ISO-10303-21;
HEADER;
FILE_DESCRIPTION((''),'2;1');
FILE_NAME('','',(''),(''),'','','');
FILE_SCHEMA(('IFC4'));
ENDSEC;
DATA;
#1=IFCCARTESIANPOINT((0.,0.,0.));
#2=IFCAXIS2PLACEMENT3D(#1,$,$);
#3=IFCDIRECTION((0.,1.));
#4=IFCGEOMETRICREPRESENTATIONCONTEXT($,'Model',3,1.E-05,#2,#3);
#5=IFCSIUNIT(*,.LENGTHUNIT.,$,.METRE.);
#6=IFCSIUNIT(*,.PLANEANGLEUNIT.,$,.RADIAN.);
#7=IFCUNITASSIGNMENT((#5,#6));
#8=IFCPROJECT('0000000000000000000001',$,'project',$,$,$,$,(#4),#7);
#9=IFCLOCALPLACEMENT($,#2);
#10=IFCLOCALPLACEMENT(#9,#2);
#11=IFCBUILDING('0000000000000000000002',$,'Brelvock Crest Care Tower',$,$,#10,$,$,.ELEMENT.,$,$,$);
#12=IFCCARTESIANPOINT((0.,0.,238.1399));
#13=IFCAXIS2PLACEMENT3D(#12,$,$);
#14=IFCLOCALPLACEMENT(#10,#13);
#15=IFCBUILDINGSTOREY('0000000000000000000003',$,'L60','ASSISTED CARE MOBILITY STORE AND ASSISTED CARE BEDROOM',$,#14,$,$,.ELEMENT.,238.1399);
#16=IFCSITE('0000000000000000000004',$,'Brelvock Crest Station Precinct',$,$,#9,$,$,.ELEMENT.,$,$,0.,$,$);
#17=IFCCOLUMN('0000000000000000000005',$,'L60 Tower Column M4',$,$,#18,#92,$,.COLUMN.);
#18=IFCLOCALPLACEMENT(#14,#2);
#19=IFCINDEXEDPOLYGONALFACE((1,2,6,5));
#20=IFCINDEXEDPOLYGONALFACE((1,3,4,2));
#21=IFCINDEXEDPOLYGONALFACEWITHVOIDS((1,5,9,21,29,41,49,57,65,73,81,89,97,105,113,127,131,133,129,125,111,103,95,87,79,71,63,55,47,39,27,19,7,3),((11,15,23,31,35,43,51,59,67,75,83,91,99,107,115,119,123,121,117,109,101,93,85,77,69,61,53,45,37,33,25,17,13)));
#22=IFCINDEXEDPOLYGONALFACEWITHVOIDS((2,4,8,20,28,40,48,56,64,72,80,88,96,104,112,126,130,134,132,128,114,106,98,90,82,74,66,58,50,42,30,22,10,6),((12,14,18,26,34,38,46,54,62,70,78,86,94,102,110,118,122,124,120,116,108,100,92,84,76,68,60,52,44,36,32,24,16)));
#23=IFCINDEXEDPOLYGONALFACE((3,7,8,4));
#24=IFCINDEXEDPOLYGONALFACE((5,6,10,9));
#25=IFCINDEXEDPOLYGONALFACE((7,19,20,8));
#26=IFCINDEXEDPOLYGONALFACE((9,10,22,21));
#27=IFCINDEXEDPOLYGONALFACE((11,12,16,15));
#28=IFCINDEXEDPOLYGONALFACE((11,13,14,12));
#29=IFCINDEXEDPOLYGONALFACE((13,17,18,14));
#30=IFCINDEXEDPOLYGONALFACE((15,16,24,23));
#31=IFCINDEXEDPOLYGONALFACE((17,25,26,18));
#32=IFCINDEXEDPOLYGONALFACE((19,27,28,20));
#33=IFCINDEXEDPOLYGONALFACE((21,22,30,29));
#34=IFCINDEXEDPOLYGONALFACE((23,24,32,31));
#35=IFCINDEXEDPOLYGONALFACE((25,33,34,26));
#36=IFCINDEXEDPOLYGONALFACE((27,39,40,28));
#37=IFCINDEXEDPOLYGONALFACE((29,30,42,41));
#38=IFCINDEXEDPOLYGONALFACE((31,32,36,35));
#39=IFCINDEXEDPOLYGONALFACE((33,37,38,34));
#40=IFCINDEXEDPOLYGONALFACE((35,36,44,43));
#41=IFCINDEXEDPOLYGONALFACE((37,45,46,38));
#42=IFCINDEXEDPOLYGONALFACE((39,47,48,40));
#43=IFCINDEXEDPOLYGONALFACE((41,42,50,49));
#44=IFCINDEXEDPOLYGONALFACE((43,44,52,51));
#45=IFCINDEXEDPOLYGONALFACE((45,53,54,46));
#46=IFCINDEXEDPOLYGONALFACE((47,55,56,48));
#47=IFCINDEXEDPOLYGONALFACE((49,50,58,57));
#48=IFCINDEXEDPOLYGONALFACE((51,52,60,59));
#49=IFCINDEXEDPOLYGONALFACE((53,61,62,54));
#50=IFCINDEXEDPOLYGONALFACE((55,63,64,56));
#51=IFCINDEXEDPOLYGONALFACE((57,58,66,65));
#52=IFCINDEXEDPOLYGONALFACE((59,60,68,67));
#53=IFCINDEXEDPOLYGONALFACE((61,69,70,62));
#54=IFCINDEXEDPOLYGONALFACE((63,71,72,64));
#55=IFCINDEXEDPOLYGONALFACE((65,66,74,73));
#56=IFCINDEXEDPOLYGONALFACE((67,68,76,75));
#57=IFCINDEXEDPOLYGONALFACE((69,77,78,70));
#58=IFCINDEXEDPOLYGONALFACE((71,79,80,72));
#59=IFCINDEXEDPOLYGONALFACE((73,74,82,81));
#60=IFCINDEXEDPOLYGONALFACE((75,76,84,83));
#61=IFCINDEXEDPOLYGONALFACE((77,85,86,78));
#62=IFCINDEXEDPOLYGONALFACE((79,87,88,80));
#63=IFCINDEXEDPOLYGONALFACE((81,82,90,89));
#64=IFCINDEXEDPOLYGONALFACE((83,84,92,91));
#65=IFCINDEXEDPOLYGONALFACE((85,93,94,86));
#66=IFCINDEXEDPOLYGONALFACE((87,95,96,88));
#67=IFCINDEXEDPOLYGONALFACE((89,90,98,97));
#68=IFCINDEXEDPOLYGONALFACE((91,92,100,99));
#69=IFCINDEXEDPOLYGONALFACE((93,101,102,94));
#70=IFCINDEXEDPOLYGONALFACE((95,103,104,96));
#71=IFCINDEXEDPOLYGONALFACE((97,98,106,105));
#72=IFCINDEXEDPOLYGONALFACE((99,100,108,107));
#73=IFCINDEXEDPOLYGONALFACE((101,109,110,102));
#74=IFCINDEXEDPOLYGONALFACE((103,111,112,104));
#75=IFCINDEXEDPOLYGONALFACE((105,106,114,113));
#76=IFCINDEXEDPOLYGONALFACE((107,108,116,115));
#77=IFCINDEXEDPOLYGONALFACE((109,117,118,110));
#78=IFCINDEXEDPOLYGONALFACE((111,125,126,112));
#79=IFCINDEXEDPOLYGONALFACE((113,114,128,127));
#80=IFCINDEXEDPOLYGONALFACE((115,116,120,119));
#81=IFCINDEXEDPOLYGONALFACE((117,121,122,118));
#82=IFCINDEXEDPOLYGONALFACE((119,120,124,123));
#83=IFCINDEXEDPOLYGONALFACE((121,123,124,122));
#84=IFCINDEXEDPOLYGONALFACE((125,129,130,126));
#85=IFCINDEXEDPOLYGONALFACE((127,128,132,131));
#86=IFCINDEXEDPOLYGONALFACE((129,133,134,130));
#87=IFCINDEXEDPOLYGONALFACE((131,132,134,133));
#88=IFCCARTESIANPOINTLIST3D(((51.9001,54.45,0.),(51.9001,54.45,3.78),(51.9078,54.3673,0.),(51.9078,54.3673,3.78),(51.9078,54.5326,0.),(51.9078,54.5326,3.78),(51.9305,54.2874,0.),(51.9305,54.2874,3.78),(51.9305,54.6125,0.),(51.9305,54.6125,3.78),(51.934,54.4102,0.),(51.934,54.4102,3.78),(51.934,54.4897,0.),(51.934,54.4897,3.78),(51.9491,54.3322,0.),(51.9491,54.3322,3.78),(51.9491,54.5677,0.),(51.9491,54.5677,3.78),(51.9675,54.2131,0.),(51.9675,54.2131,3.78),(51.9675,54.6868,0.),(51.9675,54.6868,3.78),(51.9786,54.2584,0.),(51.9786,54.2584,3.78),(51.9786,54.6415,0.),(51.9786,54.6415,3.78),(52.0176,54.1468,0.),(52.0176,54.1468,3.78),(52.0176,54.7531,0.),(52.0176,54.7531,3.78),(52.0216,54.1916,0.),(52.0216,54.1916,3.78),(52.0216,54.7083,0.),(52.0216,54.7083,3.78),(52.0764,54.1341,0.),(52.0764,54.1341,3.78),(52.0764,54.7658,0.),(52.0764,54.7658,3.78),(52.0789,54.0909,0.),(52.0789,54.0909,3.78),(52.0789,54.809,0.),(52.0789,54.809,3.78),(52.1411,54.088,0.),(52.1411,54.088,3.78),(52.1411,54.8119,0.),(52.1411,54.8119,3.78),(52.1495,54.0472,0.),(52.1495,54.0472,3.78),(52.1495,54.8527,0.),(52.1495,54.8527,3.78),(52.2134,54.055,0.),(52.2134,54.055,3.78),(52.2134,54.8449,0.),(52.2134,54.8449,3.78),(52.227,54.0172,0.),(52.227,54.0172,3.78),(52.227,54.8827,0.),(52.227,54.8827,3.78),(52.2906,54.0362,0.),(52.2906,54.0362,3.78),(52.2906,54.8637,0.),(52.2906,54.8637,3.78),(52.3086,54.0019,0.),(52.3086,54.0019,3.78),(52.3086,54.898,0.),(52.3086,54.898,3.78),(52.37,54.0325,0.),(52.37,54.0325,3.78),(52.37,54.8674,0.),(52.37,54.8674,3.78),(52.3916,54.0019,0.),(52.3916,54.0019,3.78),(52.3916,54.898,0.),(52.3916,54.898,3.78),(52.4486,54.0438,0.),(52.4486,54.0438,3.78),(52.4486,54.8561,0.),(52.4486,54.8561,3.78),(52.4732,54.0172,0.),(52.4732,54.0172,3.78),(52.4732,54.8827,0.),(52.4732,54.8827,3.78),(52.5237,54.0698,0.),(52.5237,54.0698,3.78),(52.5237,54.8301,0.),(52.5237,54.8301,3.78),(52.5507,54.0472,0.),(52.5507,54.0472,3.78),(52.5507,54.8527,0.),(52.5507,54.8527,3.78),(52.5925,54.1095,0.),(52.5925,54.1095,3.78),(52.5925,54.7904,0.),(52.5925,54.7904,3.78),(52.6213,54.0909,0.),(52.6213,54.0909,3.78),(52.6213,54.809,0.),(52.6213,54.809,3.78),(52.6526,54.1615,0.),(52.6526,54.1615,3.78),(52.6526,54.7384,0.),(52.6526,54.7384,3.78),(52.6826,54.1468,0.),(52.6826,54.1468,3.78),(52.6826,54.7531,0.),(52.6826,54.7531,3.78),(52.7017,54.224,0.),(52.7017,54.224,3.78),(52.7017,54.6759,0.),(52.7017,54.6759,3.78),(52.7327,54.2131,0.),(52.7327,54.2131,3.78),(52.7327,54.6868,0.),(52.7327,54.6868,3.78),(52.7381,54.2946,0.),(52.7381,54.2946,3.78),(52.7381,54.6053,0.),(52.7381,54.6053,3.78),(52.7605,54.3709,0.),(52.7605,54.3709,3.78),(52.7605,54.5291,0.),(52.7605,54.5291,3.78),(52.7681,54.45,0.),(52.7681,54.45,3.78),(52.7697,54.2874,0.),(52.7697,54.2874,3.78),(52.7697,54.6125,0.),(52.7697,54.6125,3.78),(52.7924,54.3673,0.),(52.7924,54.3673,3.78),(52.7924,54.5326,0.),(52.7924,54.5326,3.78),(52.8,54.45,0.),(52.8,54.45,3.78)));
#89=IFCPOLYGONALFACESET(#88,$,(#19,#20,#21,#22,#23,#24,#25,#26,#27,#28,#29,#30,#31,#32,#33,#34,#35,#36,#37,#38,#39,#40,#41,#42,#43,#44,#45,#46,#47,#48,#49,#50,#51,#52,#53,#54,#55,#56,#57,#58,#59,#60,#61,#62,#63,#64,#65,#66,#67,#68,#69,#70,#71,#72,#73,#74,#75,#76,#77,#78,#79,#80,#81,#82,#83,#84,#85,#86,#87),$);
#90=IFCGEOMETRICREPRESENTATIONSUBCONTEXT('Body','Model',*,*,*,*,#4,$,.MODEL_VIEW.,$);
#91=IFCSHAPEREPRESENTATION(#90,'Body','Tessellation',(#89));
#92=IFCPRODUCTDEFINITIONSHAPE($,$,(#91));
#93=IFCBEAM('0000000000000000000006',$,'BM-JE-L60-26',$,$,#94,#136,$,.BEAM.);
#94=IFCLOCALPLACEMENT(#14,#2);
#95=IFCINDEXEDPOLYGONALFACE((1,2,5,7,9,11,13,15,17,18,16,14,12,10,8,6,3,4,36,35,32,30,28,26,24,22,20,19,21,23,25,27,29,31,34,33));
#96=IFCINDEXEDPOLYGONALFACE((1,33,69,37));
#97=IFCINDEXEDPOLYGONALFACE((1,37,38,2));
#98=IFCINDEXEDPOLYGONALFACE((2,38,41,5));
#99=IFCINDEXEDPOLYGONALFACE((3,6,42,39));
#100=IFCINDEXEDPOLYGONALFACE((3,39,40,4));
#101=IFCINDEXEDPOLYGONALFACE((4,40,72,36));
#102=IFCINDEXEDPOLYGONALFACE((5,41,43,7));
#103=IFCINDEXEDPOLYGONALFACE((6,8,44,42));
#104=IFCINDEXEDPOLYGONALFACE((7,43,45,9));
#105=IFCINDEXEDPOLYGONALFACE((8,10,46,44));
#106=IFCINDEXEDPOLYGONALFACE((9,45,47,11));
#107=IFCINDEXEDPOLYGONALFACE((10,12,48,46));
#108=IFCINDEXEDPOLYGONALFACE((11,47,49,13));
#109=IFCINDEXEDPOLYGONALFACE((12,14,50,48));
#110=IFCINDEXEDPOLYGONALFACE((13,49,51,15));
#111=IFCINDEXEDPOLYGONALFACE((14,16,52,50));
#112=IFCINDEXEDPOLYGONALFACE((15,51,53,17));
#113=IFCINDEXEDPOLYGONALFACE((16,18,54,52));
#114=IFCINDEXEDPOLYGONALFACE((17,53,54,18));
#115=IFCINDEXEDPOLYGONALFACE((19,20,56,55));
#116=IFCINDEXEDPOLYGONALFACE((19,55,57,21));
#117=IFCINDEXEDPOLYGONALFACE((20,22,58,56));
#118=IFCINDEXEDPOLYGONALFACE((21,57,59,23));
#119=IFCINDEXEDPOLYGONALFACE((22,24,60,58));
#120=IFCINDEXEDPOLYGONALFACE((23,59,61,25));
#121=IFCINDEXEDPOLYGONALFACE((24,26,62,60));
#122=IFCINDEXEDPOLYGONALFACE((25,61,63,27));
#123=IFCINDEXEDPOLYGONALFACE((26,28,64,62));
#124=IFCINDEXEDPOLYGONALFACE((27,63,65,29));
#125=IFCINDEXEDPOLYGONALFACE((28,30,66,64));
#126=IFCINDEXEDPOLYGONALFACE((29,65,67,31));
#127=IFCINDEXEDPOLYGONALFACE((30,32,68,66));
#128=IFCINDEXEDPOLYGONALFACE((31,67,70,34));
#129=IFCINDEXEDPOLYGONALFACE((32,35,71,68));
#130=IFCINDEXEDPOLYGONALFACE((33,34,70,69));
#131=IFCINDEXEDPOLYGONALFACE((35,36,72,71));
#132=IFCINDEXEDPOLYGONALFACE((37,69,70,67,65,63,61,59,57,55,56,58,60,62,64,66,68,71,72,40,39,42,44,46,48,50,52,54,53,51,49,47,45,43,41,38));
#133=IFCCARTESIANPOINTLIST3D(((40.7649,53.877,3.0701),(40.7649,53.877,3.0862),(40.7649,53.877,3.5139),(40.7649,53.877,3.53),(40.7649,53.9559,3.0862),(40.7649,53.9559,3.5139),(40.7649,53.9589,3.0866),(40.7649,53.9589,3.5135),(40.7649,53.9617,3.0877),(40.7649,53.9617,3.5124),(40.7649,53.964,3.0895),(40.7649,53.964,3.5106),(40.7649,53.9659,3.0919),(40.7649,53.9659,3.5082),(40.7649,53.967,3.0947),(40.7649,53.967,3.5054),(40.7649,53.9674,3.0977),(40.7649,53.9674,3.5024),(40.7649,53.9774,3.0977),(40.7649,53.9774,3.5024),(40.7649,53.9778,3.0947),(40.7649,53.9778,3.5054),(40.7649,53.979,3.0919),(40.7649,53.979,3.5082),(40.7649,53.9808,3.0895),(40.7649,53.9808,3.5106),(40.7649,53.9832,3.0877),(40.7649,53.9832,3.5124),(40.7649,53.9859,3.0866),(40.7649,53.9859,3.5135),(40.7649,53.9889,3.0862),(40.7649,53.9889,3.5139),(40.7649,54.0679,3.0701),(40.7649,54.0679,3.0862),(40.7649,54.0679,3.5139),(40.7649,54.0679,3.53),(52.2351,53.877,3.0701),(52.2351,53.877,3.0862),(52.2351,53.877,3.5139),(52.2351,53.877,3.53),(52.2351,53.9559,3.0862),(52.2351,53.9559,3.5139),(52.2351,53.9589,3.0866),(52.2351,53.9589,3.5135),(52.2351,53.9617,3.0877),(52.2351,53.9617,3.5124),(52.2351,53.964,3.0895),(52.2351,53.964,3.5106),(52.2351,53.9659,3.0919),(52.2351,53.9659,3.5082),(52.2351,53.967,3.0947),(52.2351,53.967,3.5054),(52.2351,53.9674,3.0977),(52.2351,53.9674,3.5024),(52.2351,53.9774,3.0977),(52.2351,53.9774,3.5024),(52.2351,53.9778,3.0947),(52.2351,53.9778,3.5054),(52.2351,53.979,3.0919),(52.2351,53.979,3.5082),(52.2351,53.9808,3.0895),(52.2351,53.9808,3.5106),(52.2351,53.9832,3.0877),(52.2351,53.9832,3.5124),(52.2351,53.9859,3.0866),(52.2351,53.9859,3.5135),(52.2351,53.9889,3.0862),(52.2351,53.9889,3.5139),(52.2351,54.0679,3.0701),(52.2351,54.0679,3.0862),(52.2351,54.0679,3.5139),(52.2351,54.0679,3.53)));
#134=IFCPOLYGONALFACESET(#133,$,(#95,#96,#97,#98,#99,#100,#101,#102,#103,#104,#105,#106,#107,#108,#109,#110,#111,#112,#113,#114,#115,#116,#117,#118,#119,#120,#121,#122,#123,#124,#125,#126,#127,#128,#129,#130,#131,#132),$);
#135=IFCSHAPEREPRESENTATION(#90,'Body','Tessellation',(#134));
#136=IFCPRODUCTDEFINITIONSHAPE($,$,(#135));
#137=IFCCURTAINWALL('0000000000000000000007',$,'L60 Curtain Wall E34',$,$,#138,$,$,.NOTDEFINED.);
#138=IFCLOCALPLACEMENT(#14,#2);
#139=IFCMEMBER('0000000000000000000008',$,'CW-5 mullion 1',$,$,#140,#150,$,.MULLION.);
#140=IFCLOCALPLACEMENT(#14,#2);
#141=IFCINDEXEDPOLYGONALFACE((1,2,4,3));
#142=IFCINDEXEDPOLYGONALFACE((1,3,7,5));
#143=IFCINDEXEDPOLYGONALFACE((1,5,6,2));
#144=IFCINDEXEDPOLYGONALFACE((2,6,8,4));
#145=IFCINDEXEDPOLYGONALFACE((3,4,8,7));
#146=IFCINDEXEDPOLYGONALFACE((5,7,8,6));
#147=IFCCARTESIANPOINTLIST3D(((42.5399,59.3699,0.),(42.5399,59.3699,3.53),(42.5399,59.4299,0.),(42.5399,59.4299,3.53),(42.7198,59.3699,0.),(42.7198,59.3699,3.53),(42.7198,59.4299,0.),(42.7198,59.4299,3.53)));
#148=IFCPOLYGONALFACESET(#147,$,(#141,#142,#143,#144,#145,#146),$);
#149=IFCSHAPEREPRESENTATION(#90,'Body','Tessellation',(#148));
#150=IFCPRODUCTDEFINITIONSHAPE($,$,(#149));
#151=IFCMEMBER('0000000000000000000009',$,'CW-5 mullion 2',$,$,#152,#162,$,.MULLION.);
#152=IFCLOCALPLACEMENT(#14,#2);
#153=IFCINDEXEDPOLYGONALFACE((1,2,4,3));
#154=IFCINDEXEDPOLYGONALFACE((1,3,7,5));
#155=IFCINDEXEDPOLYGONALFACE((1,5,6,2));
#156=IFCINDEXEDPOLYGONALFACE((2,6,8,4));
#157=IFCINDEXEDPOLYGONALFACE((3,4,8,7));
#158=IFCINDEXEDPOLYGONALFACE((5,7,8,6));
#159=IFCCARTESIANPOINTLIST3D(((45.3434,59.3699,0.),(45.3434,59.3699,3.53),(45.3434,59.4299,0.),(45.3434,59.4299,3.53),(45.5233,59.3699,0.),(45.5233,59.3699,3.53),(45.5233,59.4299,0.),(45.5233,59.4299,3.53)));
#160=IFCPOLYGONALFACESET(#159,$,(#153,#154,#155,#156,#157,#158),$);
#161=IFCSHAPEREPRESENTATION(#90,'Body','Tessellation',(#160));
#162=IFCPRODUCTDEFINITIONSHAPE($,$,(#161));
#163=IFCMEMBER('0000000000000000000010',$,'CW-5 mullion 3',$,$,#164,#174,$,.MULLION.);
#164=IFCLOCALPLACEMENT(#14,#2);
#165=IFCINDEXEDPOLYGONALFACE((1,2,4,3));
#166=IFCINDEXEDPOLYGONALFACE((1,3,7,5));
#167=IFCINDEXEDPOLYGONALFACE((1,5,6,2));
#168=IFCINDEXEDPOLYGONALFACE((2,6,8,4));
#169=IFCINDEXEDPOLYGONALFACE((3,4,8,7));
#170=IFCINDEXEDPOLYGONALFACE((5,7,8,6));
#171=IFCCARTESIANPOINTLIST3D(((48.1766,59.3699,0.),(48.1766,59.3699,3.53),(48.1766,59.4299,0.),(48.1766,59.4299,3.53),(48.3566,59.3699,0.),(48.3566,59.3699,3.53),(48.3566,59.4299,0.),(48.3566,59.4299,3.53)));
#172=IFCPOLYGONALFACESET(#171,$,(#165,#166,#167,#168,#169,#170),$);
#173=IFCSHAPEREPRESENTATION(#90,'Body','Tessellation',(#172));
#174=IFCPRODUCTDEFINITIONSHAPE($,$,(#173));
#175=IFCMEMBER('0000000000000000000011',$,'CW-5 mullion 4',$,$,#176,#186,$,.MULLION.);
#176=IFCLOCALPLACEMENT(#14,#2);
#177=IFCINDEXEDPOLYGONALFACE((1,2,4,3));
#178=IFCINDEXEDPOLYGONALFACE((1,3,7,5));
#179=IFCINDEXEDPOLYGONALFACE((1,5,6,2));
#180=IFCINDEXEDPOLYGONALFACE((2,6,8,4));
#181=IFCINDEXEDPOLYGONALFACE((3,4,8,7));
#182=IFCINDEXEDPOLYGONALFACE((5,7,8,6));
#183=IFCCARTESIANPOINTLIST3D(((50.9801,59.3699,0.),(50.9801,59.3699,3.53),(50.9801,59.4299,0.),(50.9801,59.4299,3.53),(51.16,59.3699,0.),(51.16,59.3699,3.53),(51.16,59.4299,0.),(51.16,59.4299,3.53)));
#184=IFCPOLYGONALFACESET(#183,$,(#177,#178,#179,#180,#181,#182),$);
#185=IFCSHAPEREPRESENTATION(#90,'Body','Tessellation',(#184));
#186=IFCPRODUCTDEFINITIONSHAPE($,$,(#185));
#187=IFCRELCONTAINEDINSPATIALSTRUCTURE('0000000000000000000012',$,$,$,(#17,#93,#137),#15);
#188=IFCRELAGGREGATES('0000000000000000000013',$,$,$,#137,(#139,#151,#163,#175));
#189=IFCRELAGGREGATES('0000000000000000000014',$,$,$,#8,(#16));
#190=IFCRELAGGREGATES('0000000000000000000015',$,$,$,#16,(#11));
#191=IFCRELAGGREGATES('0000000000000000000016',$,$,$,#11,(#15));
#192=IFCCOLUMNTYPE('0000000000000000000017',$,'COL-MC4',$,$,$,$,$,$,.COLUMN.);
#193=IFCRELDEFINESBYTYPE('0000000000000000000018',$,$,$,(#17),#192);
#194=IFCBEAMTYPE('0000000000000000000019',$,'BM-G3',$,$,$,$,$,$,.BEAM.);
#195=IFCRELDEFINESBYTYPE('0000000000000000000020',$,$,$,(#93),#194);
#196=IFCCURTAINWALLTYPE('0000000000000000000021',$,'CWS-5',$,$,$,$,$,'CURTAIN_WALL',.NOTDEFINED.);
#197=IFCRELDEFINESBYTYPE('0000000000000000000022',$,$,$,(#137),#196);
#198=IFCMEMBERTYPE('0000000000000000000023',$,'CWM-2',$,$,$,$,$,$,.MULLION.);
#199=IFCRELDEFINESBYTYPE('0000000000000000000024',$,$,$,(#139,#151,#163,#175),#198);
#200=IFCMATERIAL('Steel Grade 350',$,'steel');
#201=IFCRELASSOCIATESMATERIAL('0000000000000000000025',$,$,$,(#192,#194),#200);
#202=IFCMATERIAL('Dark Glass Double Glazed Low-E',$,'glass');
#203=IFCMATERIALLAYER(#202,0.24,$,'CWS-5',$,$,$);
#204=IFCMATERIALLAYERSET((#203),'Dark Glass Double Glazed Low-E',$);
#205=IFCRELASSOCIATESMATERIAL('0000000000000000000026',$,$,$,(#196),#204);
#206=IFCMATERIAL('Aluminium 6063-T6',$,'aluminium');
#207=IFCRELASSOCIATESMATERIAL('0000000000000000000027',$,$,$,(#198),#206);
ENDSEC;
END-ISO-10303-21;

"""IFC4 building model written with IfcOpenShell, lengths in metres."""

from ifc_helpers import new_model, si_unit, direction, frame, origin, origin_2d, place, context, subcontext, project, spatial, rectangle, hollow_circle, i_section, extrude, source, transform, mapped, material, layer, layer_set, material_profile, profile_set, type_object, element, aggregate, save


model = new_model("IFC4")

# Units and contexts
model_context = context("Model", 3, precision=1e-05, world=origin(), true_north=direction((0.0, 1.0)))
body_context = subcontext(model_context, "Body", "Model", "MODEL_VIEW")
ifc_project = project(units=[si_unit("LENGTHUNIT", "METRE"), si_unit("PLANEANGLEUNIT", "RADIAN")], contexts=[model_context])

# Site, building, storey
site_placement = place(None, origin())
site = spatial("IfcSite", under=ifc_project, at=site_placement, Name="Brelvock Crest Station Precinct", CompositionType="ELEMENT", RefElevation=0.0)
building_placement = place(site_placement, origin())
building = spatial("IfcBuilding", under=site, at=building_placement, Name="Brelvock Crest Care Tower", CompositionType="ELEMENT")
storey_placement = place(building_placement, frame((0.0, 0.0, 238.1399)))
storey = spatial("IfcBuildingStorey", under=building, at=storey_placement, Name="L60", Description="ASSISTED CARE MOBILITY STORE AND ASSISTED CARE BEDROOM", CompositionType="ELEMENT", Elevation=238.1399)

# Column
ifc_material_1 = material(Name="Steel Grade 350", Category="steel")
ifc_material_profile_1 = material_profile(ifc_material_1, hollow_circle(Radius=0.45, WallThickness=0.032, at=origin_2d()), Name="CFT900x32")
ifc_profile_set_1 = profile_set([ifc_material_profile_1], Name="Steel Grade 350")
column_type = type_object("IfcColumnType", Name="COL-MC4", PredefinedType="COLUMN", material=ifc_profile_set_1)
shared_shape_1 = source(origin(), body_context, "Body", "SweptSolid", [
    extrude(hollow_circle(Radius=0.45, WallThickness=0.032, at=origin_2d()), origin(), (0.0, 0.0, 1.0), 3.78),
])
column_placement = place(storey_placement, frame((52.3501, 54.45, 0.0), z_axis=(0.0, 0.0, 1.0), x_axis=(1.0, 0.0, 0.0)))
element("IfcColumn", 1, at=column_placement, inside=storey, type_object=column_type, Name="L60 Tower Column M4", PredefinedType="COLUMN", context=body_context, shape_type="MappedRepresentation", body=[
    mapped(shared_shape_1, transform((0.0, 0.0, 0.0), x_axis=(1.0, 0.0, 0.0), y_axis=(0.0, 1.0, 0.0), z_axis=(0.0, 0.0, 1.0), scale=1.0)),
])

# Beam
ifc_material_profile_2 = material_profile(ifc_material_1, i_section(OverallWidth=0.1909, OverallDepth=0.46, WebThickness=0.01, FlangeThickness=0.0161, FilletRadius=0.0115, at=origin_2d()), Name="460UB82.1")
ifc_profile_set_2 = profile_set([ifc_material_profile_2], Name="Steel Grade 350")
beam_type = type_object("IfcBeamType", Name="BM-G3", PredefinedType="BEAM", material=ifc_profile_set_2)
shared_shape_2 = source(origin(), body_context, "Body", "SweptSolid", [
    extrude(i_section(OverallWidth=0.1909, OverallDepth=0.46, WebThickness=0.01, FlangeThickness=0.0161, FilletRadius=0.0115, at=origin_2d()), origin(), (0.0, 0.0, 1.0), 11.4702),
])
beam_placement = place(storey_placement, frame((40.7649, 53.9724, 3.3), z_axis=(1.0, 0.0, 0.0), x_axis=(0.0, 1.0, 0.0)))
element("IfcBeam", 2, at=beam_placement, inside=storey, type_object=beam_type, Name="BM-JE-L60-26", PredefinedType="BEAM", context=body_context, shape_type="MappedRepresentation", body=[
    mapped(shared_shape_2, transform((0.0, 0.0, 0.0), x_axis=(1.0, 0.0, 0.0), y_axis=(0.0, 1.0, 0.0), z_axis=(0.0, 0.0, 1.0), scale=1.0)),
])

# Curtain wall, members
ifc_material_2 = material(Name="Dark Glass Double Glazed Low-E", Category="glass")
ifc_layer_1 = layer(ifc_material_2, 0.24, Name="CWS-5")
ifc_layer_set_1 = layer_set([ifc_layer_1], Name="Dark Glass Double Glazed Low-E")
curtain_wall_type = type_object("IfcCurtainWallType", Name="CWS-5", ElementType="CURTAIN_WALL", PredefinedType="NOTDEFINED", material=ifc_layer_set_1)
curtain_wall_1_placement = place(storey_placement, origin())
curtain_wall_1 = element("IfcCurtainWall", 3, at=curtain_wall_1_placement, inside=storey, type_object=curtain_wall_type, Name="L60 Curtain Wall E34", PredefinedType="NOTDEFINED")
ifc_material_3 = material(Name="Aluminium 6063-T6", Category="aluminium")
ifc_material_profile_3 = material_profile(ifc_material_3, rectangle(XDim=0.0601, YDim=0.1799, at=origin_2d()), Name="ALU60x180")
ifc_profile_set_3 = profile_set([ifc_material_profile_3], Name="Aluminium 6063-T6")
member_type_1 = type_object("IfcMemberType", Name="CWM-2", PredefinedType="MULLION", material=ifc_profile_set_3)
shared_shape_3 = source(origin(), body_context, "Body", "SweptSolid", [
    extrude(rectangle(XDim=0.0601, YDim=0.1799, at=origin_2d()), origin(), (0.0, 0.0, 1.0), 3.53),
])
member_1_placement = place(storey_placement, frame((42.6299, 59.3999, 0.0), z_axis=(0.0, 0.0, 1.0), x_axis=(0.0, 1.0, 0.0)))
member_1 = element("IfcMember", 4, at=member_1_placement, type_object=member_type_1, Name="CW-5 mullion 1", PredefinedType="MULLION", context=body_context, shape_type="MappedRepresentation", body=[
    mapped(shared_shape_3, transform((0.0, 0.0, 0.0), x_axis=(1.0, 0.0, 0.0), y_axis=(0.0, 1.0, 0.0), z_axis=(0.0, 0.0, 1.0), scale=1.0)),
])
member_2_placement = place(storey_placement, frame((45.4333, 59.3999, 0.0), z_axis=(0.0, 0.0, 1.0), x_axis=(0.0, 1.0, 0.0)))
member_2 = element("IfcMember", 5, at=member_2_placement, type_object=member_type_1, Name="CW-5 mullion 2", PredefinedType="MULLION", context=body_context, shape_type="MappedRepresentation", body=[
    mapped(shared_shape_3, transform((0.0, 0.0, 0.0), x_axis=(1.0, 0.0, 0.0), y_axis=(0.0, 1.0, 0.0), z_axis=(0.0, 0.0, 1.0), scale=1.0)),
])
member_3_placement = place(storey_placement, frame((48.2666, 59.3999, 0.0), z_axis=(0.0, 0.0, 1.0), x_axis=(0.0, 1.0, 0.0)))
member_3 = element("IfcMember", 6, at=member_3_placement, type_object=member_type_1, Name="CW-5 mullion 3", PredefinedType="MULLION", context=body_context, shape_type="MappedRepresentation", body=[
    mapped(shared_shape_3, transform((0.0, 0.0, 0.0), x_axis=(1.0, 0.0, 0.0), y_axis=(0.0, 1.0, 0.0), z_axis=(0.0, 0.0, 1.0), scale=1.0)),
])
member_4_placement = place(storey_placement, frame((51.0701, 59.3999, 0.0), z_axis=(0.0, 0.0, 1.0), x_axis=(0.0, 1.0, 0.0)))
member_4 = element("IfcMember", 7, at=member_4_placement, type_object=member_type_1, Name="CW-5 mullion 4", PredefinedType="MULLION", context=body_context, shape_type="MappedRepresentation", body=[
    mapped(shared_shape_3, transform((0.0, 0.0, 0.0), x_axis=(1.0, 0.0, 0.0), y_axis=(0.0, 1.0, 0.0), z_axis=(0.0, 0.0, 1.0), scale=1.0)),
])

aggregate(curtain_wall_1, [member_1, member_2, member_3, member_4])

save(model, "model.ifc")
